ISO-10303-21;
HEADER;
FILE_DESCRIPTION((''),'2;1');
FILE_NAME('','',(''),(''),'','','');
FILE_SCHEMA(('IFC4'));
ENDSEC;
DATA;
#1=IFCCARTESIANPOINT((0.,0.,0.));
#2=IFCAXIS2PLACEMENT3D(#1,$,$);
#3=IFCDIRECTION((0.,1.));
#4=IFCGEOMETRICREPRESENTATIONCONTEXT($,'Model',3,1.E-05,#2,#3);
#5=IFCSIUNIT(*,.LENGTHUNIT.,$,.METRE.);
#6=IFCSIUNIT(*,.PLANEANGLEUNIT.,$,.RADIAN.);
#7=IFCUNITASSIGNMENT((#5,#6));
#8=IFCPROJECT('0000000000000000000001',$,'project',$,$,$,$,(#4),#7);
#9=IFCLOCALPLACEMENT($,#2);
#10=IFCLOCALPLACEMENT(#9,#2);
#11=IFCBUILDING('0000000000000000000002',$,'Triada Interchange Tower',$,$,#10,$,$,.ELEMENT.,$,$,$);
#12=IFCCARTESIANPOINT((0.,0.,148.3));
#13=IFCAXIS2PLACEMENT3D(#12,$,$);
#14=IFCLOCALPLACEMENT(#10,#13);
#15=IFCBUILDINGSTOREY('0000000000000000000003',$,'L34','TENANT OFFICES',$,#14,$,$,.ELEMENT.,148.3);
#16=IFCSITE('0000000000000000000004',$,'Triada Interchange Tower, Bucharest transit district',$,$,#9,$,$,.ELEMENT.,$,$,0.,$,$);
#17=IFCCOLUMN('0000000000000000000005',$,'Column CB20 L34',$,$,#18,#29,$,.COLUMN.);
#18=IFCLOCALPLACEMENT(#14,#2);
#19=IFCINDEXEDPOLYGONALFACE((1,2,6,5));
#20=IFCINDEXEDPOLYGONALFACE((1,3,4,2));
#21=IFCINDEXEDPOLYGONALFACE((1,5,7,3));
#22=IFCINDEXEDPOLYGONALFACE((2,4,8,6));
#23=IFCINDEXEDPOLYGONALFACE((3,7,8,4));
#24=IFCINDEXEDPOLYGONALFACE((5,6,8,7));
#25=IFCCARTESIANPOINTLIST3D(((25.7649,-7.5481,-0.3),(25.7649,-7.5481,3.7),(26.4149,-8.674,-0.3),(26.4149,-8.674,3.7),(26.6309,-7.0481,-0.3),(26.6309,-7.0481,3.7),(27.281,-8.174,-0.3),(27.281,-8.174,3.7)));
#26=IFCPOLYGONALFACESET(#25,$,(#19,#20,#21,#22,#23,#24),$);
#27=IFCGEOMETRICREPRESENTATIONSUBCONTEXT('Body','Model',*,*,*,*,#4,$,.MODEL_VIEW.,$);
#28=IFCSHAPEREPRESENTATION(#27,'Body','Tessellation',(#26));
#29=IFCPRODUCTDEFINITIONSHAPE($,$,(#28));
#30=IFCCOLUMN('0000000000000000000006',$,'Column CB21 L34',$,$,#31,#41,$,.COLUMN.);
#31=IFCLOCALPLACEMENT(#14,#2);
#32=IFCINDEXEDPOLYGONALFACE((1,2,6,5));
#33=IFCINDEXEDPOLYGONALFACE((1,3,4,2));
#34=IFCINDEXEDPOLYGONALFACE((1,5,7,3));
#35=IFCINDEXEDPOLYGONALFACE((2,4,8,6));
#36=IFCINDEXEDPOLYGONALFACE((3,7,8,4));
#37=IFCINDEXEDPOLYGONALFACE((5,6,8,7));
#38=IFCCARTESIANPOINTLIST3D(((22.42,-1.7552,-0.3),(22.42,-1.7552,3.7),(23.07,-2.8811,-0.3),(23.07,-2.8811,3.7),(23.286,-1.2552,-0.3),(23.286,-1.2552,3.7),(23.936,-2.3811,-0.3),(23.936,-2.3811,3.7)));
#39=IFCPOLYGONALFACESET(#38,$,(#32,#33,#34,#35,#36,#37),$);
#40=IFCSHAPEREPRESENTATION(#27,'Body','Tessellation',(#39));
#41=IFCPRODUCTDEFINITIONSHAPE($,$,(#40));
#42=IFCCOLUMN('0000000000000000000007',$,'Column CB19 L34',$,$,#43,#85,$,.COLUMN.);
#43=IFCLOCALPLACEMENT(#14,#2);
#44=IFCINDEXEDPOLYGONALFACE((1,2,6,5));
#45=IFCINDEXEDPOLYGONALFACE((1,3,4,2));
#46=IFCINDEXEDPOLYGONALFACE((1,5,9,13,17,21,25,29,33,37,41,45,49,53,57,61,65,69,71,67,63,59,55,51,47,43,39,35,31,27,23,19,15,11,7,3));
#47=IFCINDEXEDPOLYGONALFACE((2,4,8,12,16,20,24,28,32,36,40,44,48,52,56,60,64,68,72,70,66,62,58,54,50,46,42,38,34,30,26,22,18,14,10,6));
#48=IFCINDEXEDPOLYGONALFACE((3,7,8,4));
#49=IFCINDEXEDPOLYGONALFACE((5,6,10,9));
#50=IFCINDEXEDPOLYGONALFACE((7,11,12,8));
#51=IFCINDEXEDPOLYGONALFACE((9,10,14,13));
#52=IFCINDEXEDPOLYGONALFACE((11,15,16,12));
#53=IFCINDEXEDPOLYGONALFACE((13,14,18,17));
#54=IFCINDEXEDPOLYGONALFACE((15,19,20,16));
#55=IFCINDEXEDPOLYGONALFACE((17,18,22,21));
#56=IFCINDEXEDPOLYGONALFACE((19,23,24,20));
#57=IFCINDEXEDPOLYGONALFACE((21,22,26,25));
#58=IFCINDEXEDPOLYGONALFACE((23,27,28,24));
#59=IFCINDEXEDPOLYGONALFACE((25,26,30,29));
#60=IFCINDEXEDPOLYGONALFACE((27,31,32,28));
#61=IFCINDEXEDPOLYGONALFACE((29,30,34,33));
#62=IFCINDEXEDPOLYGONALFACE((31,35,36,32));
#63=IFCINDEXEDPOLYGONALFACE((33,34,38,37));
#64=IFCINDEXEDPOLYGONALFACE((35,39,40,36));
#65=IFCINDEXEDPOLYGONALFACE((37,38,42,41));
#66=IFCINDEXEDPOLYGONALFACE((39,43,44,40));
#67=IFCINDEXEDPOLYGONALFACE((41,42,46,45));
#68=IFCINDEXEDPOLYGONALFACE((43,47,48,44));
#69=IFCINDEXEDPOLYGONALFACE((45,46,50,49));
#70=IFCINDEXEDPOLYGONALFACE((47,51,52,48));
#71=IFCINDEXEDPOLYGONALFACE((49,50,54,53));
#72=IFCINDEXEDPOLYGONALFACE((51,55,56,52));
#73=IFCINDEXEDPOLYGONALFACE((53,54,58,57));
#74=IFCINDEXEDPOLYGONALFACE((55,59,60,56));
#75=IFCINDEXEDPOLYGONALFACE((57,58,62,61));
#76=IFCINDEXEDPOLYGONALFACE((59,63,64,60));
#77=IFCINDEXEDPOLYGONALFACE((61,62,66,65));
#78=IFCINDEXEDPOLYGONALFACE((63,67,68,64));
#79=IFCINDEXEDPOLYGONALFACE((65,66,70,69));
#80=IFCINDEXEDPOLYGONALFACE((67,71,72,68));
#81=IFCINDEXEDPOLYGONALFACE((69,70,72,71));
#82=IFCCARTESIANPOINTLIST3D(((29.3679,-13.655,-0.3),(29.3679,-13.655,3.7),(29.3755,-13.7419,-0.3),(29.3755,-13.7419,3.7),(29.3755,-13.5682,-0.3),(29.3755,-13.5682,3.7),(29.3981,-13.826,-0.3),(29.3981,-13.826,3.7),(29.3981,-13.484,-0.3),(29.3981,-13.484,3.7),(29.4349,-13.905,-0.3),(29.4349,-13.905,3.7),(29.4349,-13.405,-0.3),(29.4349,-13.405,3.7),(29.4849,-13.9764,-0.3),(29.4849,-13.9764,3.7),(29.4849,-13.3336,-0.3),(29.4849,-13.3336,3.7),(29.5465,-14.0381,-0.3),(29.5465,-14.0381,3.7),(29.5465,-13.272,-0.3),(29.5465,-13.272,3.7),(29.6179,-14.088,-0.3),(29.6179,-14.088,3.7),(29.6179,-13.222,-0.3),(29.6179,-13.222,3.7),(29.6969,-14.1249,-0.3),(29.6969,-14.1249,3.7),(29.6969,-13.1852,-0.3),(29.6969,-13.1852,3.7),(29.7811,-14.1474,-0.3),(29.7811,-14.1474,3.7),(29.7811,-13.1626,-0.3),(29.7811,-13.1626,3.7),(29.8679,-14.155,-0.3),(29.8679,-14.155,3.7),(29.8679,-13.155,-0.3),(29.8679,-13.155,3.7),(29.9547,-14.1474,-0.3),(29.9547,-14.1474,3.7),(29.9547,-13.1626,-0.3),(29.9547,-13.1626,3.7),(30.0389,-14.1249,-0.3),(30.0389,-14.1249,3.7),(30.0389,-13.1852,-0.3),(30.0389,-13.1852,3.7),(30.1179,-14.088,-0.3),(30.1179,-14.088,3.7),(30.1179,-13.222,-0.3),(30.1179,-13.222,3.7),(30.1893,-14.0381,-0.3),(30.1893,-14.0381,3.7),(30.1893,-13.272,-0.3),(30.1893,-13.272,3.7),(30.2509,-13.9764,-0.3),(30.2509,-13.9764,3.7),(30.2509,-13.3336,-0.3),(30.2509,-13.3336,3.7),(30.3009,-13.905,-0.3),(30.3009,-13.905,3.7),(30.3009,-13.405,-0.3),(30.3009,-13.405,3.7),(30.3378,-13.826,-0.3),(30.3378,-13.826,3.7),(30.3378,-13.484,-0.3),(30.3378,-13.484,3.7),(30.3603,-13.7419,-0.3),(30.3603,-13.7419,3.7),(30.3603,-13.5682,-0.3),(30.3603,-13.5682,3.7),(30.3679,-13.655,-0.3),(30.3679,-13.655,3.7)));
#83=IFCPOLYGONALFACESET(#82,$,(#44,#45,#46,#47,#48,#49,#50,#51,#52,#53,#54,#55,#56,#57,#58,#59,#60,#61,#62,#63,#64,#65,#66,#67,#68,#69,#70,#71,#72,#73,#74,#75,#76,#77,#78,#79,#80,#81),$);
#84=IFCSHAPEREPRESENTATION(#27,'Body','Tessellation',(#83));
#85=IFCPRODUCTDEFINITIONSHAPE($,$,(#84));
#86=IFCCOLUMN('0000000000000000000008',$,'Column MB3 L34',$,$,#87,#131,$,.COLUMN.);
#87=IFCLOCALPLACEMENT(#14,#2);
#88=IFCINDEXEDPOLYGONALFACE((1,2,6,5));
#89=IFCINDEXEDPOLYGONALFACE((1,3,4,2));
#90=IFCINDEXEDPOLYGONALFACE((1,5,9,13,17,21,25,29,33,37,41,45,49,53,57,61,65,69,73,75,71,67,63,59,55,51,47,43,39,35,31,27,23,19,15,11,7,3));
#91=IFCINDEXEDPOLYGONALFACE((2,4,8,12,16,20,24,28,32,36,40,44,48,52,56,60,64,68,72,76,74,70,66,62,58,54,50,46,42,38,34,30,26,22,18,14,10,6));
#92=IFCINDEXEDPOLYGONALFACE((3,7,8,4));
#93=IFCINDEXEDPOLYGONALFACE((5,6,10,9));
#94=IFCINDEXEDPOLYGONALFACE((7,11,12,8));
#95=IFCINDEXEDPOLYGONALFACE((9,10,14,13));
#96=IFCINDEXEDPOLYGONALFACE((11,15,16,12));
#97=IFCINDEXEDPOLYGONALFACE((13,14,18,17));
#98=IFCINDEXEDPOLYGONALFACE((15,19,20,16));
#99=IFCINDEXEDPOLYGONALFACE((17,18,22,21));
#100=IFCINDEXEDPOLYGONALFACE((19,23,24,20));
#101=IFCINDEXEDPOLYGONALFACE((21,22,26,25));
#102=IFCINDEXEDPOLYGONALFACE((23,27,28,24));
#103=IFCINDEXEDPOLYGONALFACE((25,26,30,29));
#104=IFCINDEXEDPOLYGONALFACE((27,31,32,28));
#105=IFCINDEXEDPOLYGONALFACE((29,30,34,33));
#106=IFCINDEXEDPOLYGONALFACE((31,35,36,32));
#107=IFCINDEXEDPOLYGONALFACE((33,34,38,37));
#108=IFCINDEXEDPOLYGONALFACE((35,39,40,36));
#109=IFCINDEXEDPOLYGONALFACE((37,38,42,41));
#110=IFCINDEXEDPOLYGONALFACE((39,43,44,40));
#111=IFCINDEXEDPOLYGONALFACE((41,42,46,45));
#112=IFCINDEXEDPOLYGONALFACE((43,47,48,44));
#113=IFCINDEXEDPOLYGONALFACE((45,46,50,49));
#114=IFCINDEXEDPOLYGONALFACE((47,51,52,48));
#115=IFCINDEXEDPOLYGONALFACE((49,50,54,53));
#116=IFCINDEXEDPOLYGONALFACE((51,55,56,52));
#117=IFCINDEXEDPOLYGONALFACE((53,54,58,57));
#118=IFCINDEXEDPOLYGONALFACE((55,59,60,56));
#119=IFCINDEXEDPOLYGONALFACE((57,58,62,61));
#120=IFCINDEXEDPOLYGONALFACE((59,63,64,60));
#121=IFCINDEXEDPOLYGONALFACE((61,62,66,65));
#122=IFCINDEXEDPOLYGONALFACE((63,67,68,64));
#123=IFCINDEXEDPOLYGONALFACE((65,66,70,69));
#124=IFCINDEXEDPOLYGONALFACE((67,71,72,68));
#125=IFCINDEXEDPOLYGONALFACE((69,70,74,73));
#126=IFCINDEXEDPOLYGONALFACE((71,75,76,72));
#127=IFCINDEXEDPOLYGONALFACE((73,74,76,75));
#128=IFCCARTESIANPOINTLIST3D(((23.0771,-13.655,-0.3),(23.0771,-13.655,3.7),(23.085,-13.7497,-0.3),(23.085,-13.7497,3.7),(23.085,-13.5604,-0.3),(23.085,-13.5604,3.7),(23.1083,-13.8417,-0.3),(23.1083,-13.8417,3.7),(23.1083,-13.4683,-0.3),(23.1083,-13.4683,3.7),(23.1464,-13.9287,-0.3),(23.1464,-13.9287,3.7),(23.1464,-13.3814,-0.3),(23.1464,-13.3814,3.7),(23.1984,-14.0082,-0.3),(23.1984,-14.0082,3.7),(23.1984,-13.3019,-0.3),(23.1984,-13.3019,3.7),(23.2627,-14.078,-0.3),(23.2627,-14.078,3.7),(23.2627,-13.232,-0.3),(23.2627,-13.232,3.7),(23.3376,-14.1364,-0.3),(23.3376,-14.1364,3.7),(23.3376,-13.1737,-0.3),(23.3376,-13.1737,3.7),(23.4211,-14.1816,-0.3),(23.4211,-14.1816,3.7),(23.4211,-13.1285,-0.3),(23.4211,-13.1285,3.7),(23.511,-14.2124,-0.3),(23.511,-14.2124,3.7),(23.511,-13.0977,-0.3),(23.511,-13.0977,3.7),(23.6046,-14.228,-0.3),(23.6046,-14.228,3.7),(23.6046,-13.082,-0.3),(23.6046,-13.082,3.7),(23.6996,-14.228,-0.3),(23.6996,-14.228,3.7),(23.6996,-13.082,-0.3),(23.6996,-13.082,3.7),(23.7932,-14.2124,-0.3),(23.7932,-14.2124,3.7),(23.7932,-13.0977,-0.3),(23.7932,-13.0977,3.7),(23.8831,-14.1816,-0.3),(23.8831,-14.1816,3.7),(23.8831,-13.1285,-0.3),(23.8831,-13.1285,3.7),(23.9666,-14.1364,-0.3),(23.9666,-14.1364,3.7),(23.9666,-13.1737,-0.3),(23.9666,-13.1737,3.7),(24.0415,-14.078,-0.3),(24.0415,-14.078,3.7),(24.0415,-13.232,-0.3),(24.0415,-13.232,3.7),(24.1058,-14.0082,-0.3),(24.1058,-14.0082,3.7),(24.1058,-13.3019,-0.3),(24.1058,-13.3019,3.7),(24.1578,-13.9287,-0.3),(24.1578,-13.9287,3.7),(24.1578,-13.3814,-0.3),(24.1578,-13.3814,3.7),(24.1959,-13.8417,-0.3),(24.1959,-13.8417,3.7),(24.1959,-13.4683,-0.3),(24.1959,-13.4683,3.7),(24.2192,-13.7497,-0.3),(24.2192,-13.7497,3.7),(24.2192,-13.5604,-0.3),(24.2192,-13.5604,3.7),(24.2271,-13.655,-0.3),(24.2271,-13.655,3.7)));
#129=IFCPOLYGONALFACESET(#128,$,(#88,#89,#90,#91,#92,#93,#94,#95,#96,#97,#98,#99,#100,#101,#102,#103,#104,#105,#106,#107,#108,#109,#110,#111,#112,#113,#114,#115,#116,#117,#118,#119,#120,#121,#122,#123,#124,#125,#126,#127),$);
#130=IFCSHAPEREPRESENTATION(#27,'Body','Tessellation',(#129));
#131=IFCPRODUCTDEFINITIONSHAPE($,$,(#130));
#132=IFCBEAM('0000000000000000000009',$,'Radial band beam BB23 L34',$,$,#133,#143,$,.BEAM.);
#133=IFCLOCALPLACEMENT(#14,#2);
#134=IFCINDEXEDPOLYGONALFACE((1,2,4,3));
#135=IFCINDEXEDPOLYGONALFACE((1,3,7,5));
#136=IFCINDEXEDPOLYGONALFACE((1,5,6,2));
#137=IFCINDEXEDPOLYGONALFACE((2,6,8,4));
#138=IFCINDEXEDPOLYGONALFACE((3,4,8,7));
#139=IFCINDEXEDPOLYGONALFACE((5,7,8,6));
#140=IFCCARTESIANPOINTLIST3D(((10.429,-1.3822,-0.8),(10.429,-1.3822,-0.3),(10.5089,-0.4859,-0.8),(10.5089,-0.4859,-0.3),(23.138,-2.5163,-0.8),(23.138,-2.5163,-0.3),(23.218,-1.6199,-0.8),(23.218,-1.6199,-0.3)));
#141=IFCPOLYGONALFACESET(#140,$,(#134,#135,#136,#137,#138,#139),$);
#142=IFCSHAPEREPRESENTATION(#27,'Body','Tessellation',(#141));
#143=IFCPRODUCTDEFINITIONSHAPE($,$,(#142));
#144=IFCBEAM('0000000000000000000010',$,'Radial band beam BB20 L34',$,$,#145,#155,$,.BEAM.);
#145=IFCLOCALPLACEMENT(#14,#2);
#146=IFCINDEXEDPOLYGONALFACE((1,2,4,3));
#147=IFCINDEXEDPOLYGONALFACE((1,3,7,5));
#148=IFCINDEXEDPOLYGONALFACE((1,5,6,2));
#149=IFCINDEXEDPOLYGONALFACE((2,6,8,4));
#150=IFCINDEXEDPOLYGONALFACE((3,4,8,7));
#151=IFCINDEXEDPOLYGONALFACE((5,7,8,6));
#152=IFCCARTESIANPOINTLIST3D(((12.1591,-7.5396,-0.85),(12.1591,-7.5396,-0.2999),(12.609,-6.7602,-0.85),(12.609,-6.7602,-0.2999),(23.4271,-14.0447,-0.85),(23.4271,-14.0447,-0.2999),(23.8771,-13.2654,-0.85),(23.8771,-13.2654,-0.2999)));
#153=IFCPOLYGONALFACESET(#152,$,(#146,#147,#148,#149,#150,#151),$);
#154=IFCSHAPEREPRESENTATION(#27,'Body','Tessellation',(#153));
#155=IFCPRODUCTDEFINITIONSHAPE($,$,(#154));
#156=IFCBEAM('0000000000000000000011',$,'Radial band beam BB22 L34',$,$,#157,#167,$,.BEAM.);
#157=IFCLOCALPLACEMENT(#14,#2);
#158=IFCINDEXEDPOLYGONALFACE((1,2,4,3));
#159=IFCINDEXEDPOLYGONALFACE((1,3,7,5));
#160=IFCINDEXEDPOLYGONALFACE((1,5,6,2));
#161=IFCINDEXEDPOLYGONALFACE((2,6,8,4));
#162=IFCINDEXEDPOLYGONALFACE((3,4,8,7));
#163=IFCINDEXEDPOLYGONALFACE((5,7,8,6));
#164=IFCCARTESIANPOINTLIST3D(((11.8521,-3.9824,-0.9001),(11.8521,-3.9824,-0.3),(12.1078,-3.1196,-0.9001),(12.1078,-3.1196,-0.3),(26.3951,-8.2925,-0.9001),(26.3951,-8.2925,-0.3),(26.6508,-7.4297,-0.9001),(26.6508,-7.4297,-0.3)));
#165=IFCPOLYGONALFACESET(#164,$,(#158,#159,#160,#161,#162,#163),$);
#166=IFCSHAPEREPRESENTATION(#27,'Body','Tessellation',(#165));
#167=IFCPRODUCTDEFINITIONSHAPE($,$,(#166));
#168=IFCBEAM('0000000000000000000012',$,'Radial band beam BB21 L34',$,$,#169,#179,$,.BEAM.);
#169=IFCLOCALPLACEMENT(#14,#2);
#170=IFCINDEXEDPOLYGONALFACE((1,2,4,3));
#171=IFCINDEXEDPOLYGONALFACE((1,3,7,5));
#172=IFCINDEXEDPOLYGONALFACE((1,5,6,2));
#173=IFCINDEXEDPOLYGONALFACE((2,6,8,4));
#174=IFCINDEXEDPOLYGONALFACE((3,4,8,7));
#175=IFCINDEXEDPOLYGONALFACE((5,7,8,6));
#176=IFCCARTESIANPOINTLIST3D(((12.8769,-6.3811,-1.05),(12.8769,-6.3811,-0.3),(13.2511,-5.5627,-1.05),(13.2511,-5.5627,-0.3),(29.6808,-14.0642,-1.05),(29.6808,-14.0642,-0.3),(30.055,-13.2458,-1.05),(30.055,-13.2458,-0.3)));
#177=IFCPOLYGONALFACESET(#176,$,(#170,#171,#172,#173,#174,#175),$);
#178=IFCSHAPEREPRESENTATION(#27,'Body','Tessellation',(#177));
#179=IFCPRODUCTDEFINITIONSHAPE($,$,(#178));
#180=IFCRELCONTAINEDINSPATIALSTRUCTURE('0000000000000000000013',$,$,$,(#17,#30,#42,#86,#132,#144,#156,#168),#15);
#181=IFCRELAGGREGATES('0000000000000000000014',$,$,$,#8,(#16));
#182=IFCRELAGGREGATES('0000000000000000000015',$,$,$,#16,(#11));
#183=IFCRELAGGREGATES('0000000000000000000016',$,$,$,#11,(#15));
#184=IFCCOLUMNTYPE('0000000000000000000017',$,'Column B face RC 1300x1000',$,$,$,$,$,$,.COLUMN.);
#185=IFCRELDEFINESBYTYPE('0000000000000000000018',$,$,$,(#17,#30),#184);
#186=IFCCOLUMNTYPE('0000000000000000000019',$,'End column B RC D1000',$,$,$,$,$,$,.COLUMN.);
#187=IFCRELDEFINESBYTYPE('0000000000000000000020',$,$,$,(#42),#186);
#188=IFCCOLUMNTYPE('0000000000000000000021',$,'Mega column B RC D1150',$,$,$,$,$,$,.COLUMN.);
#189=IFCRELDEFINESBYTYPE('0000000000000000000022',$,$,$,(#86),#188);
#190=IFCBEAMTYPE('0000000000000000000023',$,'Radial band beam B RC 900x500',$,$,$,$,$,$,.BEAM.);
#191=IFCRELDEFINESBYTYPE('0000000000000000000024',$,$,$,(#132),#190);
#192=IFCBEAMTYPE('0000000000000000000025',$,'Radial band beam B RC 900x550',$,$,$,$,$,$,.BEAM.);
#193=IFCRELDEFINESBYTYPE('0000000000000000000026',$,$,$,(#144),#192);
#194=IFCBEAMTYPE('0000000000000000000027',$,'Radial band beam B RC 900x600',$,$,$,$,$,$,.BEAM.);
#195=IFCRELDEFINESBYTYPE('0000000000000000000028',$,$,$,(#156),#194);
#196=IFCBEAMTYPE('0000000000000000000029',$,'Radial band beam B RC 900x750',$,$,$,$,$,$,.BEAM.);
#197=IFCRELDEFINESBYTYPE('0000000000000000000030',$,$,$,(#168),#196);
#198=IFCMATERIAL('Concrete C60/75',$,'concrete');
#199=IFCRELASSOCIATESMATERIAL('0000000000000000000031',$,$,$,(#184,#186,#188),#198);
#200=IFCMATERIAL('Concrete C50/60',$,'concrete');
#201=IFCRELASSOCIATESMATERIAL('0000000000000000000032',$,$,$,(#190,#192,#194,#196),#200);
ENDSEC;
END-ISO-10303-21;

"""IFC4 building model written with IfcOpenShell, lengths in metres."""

from ifc_helpers import new_model, si_unit, direction, frame, origin, origin_2d, place, context, subcontext, project, spatial, rectangle, circle, extrude, material, material_profile, profile_set, type_object, element, save


model = new_model("IFC4")

# Units and contexts
model_context = context("Model", 3, precision=1e-05, world=origin(), true_north=direction((0.0, 1.0)))
body_context = subcontext(model_context, "Body", "Model", "MODEL_VIEW")
ifc_project = project(units=[si_unit("LENGTHUNIT", "METRE"), si_unit("PLANEANGLEUNIT", "RADIAN")], contexts=[model_context])

# Site, building, storey
site_placement = place(None, origin())
site = spatial("IfcSite", under=ifc_project, at=site_placement, Name="Triada Interchange Tower, Bucharest transit district", CompositionType="ELEMENT", RefElevation=0.0)
building_placement = place(site_placement, origin())
building = spatial("IfcBuilding", under=site, at=building_placement, Name="Triada Interchange Tower", CompositionType="ELEMENT")
storey_placement = place(building_placement, frame((0.0, 0.0, 148.3)))
storey = spatial("IfcBuildingStorey", under=building, at=storey_placement, Name="L34", Description="TENANT OFFICES", CompositionType="ELEMENT", Elevation=148.3)

# Columns
ifc_material_1 = material(Name="Concrete C60/75", Category="concrete")
ifc_material_profile_1 = material_profile(ifc_material_1, rectangle(XDim=1.3, YDim=1.0, at=origin_2d()), Name="RC 1300x1000")
ifc_profile_set_1 = profile_set([ifc_material_profile_1], Name="Concrete C60/75")
column_type_1 = type_object("IfcColumnType", Name="Column B face RC 1300x1000", PredefinedType="COLUMN", material=ifc_profile_set_1)
for number, where, z_axis, x_axis, name in (
    (1, (26.5229, -7.8611, -0.3), (0.0, 0.0, 1.0), (-0.5, 0.866025, 0.0), "Column CB20 L34"),
    (2, (23.178, -2.0681, -0.3), (0.0, 0.0, 1.0), (-0.5, 0.866025, 0.0), "Column CB21 L34"),
):
    element("IfcColumn", number, at=place(storey_placement, frame(where, z_axis=z_axis, x_axis=x_axis)), inside=storey, type_object=column_type_1, Name=name, PredefinedType="COLUMN", context=body_context, shape_type="SweptSolid", body=[
        extrude(rectangle(XDim=1.3, YDim=1.0, at=origin_2d()), origin(), (0.0, 0.0, 1.0), 4.0),
    ])
ifc_material_profile_2 = material_profile(ifc_material_1, circle(Radius=0.5, at=origin_2d()), Name="RC D1000")
ifc_profile_set_2 = profile_set([ifc_material_profile_2], Name="Concrete C60/75")
column_type_2 = type_object("IfcColumnType", Name="End column B RC D1000", PredefinedType="COLUMN", material=ifc_profile_set_2)
column_1_placement = place(storey_placement, frame((29.8679, -13.655, -0.3), z_axis=(0.0, 0.0, 1.0), x_axis=(-0.5, 0.866025, 0.0)))
element("IfcColumn", 3, at=column_1_placement, inside=storey, type_object=column_type_2, Name="Column CB19 L34", PredefinedType="COLUMN", context=body_context, shape_type="SweptSolid", body=[
    extrude(circle(Radius=0.5, at=origin_2d()), origin(), (0.0, 0.0, 1.0), 4.0),
])
ifc_material_profile_3 = material_profile(ifc_material_1, circle(Radius=0.575, at=origin_2d()), Name="RC D1150")
ifc_profile_set_3 = profile_set([ifc_material_profile_3], Name="Concrete C60/75")
column_type_3 = type_object("IfcColumnType", Name="Mega column B RC D1150", PredefinedType="COLUMN", material=ifc_profile_set_3)
column_2_placement = place(storey_placement, frame((23.6521, -13.655, -0.3), z_axis=(0.0, 0.0, 1.0), x_axis=(1.0, 0.0, 0.0)))
element("IfcColumn", 4, at=column_2_placement, inside=storey, type_object=column_type_3, Name="Column MB3 L34", PredefinedType="COLUMN", context=body_context, shape_type="SweptSolid", body=[
    extrude(circle(Radius=0.575, at=origin_2d()), origin(), (0.0, 0.0, 1.0), 4.0),
])

# Beams
ifc_material_2 = material(Name="Concrete C50/60", Category="concrete")
ifc_material_profile_4 = material_profile(ifc_material_2, rectangle(XDim=0.8999, YDim=0.5, at=origin_2d()), Name="RC 900x500")
ifc_profile_set_4 = profile_set([ifc_material_profile_4], Name="Concrete C50/60")
beam_type_1 = type_object("IfcBeamType", Name="Radial band beam B RC 900x500", PredefinedType="BEAM", material=ifc_profile_set_4)
beam_1_placement = place(storey_placement, frame((23.178, -2.0681, -0.55), z_axis=(-0.996043, 0.088878, 0.0), x_axis=(-0.088878, -0.996043, 0.0)))
element("IfcBeam", 5, at=beam_1_placement, inside=storey, type_object=beam_type_1, Name="Radial band beam BB23 L34", PredefinedType="BEAM", context=body_context, shape_type="SweptSolid", body=[
    extrude(rectangle(XDim=0.8999, YDim=0.5, at=origin_2d()), origin(), (0.0, 0.0, 1.0), 12.7595),
])
ifc_material_profile_5 = material_profile(ifc_material_2, rectangle(XDim=0.8999, YDim=0.55, at=origin_2d()), Name="RC 900x550")
ifc_profile_set_5 = profile_set([ifc_material_profile_5], Name="Concrete C50/60")
beam_type_2 = type_object("IfcBeamType", Name="Radial band beam B RC 900x550", PredefinedType="BEAM", material=ifc_profile_set_5)
beam_2_placement = place(storey_placement, frame((23.6521, -13.655, -0.575), z_axis=(-0.866042, 0.499972, 0.0), x_axis=(-0.499972, -0.866042, 0.0)))
element("IfcBeam", 6, at=beam_2_placement, inside=storey, type_object=beam_type_2, Name="Radial band beam BB20 L34", PredefinedType="BEAM", context=body_context, shape_type="SweptSolid", body=[
    extrude(rectangle(XDim=0.8999, YDim=0.55, at=origin_2d()), origin(), (0.0, 0.0, 1.0), 13.011),
])
ifc_material_profile_6 = material_profile(ifc_material_2, rectangle(XDim=0.8999, YDim=0.6001, at=origin_2d()), Name="RC 900x600")
ifc_profile_set_6 = profile_set([ifc_material_profile_6], Name="Concrete C50/60")
beam_type_3 = type_object("IfcBeamType", Name="Radial band beam B RC 900x600", PredefinedType="BEAM", material=ifc_profile_set_6)
beam_3_placement = place(storey_placement, frame((26.5229, -7.8611, -0.6001), z_axis=(-0.95878, 0.284151, 0.0), x_axis=(-0.284151, -0.95878, 0.0)))
element("IfcBeam", 7, at=beam_3_placement, inside=storey, type_object=beam_type_3, Name="Radial band beam BB22 L34", PredefinedType="BEAM", context=body_context, shape_type="SweptSolid", body=[
    extrude(rectangle(XDim=0.8999, YDim=0.6001, at=origin_2d()), origin(), (0.0, 0.0, 1.0), 15.1682),
])
ifc_material_profile_7 = material_profile(ifc_material_2, rectangle(XDim=0.8999, YDim=0.75, at=origin_2d()), Name="RC 900x750")
ifc_profile_set_7 = profile_set([ifc_material_profile_7], Name="Concrete C50/60")
beam_type_4 = type_object("IfcBeamType", Name="Radial band beam B RC 900x750", PredefinedType="BEAM", material=ifc_profile_set_7)
beam_4_placement = place(storey_placement, frame((29.8679, -13.655, -0.675), z_axis=(-0.909448, 0.415818, 0.0), x_axis=(-0.415818, -0.909448, 0.0)))
element("IfcBeam", 8, at=beam_4_placement, inside=storey, type_object=beam_type_4, Name="Radial band beam BB21 L34", PredefinedType="BEAM", context=body_context, shape_type="SweptSolid", body=[
    extrude(rectangle(XDim=0.8999, YDim=0.75, at=origin_2d()), origin(), (0.0, 0.0, 1.0), 18.4771),
])

save(model, "model.ifc")
